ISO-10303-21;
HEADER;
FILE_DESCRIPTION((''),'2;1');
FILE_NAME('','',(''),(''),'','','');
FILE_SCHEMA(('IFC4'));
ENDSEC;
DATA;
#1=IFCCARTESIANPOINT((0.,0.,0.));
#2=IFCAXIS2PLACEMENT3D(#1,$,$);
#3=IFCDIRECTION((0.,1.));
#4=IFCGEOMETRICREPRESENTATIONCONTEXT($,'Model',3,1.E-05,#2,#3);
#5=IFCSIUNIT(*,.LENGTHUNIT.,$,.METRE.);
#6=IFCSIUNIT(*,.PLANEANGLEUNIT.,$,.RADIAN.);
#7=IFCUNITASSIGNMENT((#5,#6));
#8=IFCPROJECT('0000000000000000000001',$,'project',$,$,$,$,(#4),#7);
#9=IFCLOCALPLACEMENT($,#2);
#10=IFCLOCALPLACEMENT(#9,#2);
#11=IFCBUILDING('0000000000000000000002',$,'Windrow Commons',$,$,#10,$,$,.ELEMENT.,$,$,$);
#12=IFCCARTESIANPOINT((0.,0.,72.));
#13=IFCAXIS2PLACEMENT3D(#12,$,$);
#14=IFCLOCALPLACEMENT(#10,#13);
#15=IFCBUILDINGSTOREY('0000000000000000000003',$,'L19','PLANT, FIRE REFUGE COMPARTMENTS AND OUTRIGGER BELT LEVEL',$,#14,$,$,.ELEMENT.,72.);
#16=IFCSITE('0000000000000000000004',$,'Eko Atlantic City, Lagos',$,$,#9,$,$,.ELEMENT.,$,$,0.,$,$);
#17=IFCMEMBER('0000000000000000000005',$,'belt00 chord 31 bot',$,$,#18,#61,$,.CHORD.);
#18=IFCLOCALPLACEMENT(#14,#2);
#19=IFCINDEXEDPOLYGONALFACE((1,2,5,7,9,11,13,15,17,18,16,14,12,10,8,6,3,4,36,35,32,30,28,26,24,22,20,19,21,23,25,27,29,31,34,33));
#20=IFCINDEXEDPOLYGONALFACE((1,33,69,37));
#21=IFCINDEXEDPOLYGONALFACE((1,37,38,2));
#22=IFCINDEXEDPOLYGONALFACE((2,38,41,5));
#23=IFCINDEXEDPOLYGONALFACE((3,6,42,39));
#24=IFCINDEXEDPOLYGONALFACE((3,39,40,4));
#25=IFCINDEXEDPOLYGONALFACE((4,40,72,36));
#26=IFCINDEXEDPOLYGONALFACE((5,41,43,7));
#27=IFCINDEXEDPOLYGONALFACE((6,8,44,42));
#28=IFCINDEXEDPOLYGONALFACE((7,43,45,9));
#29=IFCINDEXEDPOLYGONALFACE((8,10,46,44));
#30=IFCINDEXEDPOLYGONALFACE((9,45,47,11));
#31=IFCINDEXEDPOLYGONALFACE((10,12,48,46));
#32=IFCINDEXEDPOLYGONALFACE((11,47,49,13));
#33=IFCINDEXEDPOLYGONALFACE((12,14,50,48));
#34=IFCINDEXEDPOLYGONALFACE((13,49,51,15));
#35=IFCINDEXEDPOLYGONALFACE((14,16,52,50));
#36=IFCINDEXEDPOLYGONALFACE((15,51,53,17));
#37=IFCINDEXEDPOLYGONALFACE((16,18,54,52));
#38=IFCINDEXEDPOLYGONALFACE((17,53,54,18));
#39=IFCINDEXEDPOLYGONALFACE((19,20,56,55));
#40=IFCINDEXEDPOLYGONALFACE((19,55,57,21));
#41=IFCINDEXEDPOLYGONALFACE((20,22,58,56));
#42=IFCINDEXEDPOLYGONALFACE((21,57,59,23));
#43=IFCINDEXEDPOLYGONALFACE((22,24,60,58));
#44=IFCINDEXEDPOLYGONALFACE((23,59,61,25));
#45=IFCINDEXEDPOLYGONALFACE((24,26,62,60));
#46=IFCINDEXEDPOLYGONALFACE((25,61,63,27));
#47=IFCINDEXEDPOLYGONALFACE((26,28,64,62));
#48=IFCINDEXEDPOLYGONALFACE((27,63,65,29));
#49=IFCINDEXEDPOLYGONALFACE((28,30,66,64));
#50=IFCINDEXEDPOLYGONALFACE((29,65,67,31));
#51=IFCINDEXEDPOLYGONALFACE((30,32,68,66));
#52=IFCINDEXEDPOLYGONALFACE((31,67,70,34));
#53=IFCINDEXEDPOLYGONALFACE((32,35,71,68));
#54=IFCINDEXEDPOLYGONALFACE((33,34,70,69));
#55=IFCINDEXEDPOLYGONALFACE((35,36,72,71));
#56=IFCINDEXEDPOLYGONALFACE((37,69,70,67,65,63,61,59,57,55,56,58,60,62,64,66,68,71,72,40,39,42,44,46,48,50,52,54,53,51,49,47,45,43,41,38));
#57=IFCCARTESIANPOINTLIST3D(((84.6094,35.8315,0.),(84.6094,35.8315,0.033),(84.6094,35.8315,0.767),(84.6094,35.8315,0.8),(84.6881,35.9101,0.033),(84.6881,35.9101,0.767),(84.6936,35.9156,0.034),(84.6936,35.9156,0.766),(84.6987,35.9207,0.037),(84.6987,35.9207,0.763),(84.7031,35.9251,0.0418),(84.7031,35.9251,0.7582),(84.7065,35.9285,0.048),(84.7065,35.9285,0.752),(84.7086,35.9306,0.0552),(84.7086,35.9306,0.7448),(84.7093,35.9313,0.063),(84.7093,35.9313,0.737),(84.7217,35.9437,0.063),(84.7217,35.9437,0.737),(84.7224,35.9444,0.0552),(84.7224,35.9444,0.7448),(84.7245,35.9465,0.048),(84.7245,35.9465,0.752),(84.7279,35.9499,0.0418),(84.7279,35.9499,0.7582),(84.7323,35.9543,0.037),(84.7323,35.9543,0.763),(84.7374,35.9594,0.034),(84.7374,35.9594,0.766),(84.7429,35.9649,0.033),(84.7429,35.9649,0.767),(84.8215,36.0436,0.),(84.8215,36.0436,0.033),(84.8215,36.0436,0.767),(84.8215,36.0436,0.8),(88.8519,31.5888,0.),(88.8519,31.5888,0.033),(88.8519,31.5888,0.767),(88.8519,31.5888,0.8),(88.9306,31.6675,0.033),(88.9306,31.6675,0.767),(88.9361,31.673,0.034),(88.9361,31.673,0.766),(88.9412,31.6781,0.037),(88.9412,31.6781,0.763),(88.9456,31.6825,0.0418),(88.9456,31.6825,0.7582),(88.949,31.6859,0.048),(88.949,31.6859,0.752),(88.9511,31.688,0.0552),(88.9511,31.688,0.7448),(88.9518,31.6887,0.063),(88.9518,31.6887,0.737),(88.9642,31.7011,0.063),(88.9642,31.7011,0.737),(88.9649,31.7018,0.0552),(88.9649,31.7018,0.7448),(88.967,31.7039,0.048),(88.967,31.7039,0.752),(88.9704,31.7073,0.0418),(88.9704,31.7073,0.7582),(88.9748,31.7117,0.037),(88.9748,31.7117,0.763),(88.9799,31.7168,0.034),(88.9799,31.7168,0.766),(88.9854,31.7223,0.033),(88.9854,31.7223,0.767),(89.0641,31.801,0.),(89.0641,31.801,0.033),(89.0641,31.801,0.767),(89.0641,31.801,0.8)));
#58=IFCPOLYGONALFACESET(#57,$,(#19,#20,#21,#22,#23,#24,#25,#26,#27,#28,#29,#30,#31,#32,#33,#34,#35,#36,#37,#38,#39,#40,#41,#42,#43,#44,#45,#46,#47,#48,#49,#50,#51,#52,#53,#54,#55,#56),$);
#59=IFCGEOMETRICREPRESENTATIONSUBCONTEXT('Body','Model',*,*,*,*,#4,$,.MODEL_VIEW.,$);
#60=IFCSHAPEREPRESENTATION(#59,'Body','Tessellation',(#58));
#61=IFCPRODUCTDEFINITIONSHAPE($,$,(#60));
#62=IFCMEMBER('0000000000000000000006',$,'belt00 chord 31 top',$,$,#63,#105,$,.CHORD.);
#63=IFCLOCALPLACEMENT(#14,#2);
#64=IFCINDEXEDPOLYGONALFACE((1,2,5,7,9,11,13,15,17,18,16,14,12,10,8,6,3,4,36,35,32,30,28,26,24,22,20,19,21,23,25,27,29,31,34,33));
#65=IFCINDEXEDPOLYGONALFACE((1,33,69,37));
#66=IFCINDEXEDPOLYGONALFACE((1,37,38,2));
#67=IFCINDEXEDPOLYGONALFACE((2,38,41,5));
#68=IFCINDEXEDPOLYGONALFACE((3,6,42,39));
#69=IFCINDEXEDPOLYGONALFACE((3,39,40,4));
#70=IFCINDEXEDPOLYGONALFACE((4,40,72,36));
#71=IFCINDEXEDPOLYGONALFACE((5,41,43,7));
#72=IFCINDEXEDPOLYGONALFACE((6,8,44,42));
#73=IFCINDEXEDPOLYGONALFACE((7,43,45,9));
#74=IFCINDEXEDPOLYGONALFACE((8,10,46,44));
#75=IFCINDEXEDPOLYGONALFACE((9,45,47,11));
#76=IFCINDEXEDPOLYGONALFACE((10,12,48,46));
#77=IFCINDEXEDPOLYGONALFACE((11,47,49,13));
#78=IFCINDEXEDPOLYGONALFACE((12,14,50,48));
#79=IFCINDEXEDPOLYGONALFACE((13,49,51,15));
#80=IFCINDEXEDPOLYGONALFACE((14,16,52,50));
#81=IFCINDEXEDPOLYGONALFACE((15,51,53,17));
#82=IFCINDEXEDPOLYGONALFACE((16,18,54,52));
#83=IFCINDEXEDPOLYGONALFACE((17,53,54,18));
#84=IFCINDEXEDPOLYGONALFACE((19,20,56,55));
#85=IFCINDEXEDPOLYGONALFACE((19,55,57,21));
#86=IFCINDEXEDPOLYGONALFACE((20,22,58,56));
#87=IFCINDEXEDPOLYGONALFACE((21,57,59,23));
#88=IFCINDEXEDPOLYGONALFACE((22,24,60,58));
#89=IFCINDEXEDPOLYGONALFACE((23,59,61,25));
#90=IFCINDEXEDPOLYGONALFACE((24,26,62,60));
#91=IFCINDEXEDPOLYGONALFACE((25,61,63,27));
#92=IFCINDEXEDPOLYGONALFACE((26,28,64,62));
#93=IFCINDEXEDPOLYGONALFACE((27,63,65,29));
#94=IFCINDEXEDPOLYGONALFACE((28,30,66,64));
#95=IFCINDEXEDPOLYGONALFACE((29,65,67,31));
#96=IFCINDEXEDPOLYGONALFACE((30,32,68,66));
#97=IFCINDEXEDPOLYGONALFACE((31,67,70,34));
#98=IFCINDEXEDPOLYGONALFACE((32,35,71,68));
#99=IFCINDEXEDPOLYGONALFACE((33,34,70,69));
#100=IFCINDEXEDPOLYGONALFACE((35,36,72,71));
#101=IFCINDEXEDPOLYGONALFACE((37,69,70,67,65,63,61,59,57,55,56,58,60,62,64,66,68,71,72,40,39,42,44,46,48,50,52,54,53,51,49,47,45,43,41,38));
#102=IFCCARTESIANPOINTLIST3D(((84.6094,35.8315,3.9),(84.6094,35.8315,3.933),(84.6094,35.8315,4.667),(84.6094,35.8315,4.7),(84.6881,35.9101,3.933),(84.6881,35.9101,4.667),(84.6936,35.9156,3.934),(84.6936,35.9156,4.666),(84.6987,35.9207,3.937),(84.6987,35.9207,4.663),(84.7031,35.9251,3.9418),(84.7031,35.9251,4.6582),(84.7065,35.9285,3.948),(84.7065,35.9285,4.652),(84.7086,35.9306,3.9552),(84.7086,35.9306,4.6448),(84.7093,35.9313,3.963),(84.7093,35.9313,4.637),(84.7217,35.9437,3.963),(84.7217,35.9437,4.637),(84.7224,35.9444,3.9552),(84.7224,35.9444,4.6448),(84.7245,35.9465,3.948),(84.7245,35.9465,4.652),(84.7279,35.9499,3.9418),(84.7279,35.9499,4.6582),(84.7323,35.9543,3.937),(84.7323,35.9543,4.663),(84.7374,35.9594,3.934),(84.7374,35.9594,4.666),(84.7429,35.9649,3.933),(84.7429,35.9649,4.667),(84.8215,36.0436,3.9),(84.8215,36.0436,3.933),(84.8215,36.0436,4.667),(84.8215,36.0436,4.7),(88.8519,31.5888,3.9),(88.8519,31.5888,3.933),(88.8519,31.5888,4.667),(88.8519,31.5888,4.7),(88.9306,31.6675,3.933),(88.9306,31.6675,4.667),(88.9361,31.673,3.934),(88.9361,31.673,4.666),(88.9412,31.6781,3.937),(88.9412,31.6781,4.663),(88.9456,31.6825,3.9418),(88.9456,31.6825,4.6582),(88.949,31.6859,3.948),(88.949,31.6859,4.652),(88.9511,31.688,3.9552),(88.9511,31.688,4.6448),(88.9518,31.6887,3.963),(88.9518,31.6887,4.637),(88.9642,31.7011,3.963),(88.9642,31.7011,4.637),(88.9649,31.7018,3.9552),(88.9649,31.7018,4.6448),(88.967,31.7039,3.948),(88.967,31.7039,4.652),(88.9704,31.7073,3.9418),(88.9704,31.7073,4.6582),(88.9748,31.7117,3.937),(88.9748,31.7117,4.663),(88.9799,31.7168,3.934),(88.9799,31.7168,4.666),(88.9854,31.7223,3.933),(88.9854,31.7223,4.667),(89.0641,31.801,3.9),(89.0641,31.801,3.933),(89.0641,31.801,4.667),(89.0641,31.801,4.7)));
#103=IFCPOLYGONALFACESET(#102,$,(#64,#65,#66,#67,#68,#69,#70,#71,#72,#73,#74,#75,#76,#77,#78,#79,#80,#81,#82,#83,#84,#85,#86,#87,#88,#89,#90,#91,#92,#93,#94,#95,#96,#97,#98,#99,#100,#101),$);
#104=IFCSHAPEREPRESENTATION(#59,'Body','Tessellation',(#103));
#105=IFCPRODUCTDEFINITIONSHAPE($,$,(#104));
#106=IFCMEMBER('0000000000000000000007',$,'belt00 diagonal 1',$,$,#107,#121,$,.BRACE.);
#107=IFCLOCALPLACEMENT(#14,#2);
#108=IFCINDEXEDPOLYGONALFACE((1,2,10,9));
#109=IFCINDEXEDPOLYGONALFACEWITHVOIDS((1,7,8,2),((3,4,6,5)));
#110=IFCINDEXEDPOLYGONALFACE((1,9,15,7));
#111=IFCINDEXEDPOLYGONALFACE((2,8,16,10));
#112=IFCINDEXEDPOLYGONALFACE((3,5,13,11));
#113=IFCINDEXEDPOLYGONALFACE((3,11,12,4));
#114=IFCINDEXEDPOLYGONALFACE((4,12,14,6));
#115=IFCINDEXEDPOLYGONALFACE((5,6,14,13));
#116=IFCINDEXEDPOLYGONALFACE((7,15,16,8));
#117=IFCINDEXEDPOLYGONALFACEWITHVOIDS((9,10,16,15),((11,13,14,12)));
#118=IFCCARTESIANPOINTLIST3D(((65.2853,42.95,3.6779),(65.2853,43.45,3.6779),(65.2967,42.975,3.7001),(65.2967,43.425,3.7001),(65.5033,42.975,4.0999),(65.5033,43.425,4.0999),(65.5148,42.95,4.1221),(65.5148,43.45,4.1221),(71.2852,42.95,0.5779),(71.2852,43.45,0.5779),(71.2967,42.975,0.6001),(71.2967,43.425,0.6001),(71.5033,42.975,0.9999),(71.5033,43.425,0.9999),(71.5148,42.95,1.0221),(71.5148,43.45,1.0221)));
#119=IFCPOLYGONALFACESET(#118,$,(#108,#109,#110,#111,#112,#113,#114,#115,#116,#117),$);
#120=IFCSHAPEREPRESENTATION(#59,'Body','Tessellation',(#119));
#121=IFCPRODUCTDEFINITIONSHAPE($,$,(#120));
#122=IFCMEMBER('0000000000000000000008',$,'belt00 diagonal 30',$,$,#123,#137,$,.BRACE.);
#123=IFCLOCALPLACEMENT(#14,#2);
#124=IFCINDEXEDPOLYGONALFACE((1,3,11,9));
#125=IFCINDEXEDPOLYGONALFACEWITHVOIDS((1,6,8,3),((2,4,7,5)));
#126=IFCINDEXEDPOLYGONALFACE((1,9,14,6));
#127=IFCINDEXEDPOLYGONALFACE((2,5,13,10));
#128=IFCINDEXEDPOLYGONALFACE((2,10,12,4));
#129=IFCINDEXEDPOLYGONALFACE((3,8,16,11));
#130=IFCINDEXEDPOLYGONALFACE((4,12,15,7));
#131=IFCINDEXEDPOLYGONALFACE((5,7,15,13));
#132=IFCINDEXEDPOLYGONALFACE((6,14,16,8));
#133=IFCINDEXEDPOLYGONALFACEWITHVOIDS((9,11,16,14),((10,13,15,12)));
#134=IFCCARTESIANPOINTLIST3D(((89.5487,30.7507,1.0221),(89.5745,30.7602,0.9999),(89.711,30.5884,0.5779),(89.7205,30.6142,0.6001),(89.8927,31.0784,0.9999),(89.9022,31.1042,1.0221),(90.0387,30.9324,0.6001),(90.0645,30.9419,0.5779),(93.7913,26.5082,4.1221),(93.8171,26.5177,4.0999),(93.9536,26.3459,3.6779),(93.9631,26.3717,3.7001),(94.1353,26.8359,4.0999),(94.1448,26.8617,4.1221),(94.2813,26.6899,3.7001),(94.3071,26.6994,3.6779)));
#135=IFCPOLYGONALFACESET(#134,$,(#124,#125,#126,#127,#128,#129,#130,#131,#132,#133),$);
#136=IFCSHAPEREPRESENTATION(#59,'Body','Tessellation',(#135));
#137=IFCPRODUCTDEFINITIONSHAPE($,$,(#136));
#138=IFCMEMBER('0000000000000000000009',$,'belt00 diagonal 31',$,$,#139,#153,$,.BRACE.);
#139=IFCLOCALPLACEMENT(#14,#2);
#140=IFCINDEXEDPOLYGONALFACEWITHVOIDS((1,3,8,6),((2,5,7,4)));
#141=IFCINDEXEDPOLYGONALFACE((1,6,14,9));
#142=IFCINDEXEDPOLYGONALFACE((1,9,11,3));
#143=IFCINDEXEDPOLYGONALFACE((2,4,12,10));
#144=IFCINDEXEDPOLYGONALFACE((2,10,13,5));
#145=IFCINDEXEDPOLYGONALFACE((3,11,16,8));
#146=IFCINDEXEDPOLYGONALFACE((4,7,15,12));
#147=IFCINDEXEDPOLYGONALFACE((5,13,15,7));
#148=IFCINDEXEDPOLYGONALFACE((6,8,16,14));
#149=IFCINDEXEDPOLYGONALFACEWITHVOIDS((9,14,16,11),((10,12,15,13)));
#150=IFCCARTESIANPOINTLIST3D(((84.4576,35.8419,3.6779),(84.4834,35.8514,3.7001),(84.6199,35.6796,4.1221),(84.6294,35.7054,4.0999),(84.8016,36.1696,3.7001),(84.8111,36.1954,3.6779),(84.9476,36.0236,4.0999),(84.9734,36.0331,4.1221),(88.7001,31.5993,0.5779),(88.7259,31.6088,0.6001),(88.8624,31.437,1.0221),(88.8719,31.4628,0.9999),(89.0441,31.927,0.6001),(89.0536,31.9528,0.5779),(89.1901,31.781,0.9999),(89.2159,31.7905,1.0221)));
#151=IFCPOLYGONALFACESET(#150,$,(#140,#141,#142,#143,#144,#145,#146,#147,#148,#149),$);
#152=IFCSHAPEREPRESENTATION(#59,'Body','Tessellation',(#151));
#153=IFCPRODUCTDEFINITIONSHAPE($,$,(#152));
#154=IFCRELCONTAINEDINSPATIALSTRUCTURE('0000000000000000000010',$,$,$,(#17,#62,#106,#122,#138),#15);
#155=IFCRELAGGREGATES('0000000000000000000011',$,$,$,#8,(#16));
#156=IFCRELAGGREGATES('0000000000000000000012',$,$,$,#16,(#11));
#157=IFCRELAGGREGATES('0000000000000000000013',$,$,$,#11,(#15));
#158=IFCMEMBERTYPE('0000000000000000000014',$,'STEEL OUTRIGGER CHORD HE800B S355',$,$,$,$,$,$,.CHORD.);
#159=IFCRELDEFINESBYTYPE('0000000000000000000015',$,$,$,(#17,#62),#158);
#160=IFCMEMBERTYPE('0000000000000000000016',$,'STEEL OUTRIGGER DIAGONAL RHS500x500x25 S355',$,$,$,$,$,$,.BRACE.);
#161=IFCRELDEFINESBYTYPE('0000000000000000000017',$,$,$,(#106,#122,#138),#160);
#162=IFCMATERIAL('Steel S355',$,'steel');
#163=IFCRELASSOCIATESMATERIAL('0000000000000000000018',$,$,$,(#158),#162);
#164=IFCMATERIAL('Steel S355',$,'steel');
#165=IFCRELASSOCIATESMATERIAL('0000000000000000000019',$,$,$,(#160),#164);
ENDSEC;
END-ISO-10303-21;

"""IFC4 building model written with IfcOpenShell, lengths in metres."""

from ifc_helpers import new_model, si_unit, direction, frame, origin, origin_2d, place, context, subcontext, project, spatial, hollow_rectangle, i_section, extrude, material, material_profile, profile_set, type_object, element, save


model = new_model("IFC4")

# Units and contexts
model_context = context("Model", 3, precision=1e-05, world=origin(), true_north=direction((0.0, 1.0)))
body_context = subcontext(model_context, "Body", "Model", "MODEL_VIEW")
ifc_project = project(units=[si_unit("LENGTHUNIT", "METRE"), si_unit("PLANEANGLEUNIT", "RADIAN")], contexts=[model_context])

# Site, building, storey
site_placement = place(None, origin())
site = spatial("IfcSite", under=ifc_project, at=site_placement, Name="Eko Atlantic City, Lagos", CompositionType="ELEMENT", RefElevation=0.0)
building_placement = place(site_placement, origin())
building = spatial("IfcBuilding", under=site, at=building_placement, Name="Windrow Commons", CompositionType="ELEMENT")
storey_placement = place(building_placement, frame((0.0, 0.0, 72.0)))
storey = spatial("IfcBuildingStorey", under=building, at=storey_placement, Name="L19", Description="PLANT, FIRE REFUGE COMPARTMENTS AND OUTRIGGER BELT LEVEL", CompositionType="ELEMENT", Elevation=72.0)

# Members
ifc_material_1 = material(Name="Steel S355", Category="steel")
ifc_material_profile_1 = material_profile(ifc_material_1, i_section(OverallWidth=0.3, OverallDepth=0.8, WebThickness=0.0175, FlangeThickness=0.033, FilletRadius=0.03, at=origin_2d()))
ifc_profile_set_1 = profile_set([ifc_material_profile_1], Name="Steel S355")
member_type_1 = type_object("IfcMemberType", Name="STEEL OUTRIGGER CHORD HE800B S355", PredefinedType="CHORD", material=ifc_profile_set_1)
for number, where, z_axis, x_axis, name in (
    (1, (88.958, 31.6949, 0.4), (-0.707098, 0.707115, 0.0), (-0.707115, -0.707098, 0.0), "belt00 chord 31 bot"),
    (2, (88.958, 31.6949, 4.3), (-0.707098, 0.707115, 0.0), (-0.707115, -0.707098, 0.0), "belt00 chord 31 top"),
):
    element("IfcMember", number, at=place(storey_placement, frame(where, z_axis=z_axis, x_axis=x_axis)), inside=storey, type_object=member_type_1, Name=name, PredefinedType="CHORD", context=body_context, shape_type="SweptSolid", body=[
        extrude(i_section(OverallWidth=0.3, OverallDepth=0.8, WebThickness=0.0175, FlangeThickness=0.033, FilletRadius=0.03, at=origin_2d()), origin(), (0.0, 0.0, 1.0), 5.9999),
    ])
ifc_material_2 = material(Name="Steel S355", Category="steel")
ifc_material_profile_2 = material_profile(ifc_material_2, hollow_rectangle(XDim=0.5, YDim=0.5, WallThickness=0.025, at=origin_2d()))
ifc_profile_set_2 = profile_set([ifc_material_profile_2], Name="Steel S355")
member_type_2 = type_object("IfcMemberType", Name="STEEL OUTRIGGER DIAGONAL RHS500x500x25 S355", PredefinedType="BRACE", material=ifc_profile_set_2)
member_placement = place(storey_placement, frame((71.4, 43.2, 0.8), z_axis=(-0.888426, 0.0, 0.45902), x_axis=(0.0, -1.0, 0.0)))
element("IfcMember", 3, at=member_placement, inside=storey, type_object=member_type_2, Name="belt00 diagonal 1", PredefinedType="BRACE", context=body_context, shape_type="SweptSolid", body=[
    extrude(hollow_rectangle(XDim=0.5, YDim=0.5, WallThickness=0.025, at=origin_2d()), origin(), (0.0, 0.0, 1.0), 6.7535),
])
for number, where, z_axis, x_axis, name in (
    (4, (94.0492, 26.6038, 3.9), (-0.628217, 0.628202, -0.459028), (-0.707098, -0.707115, 0.0), "belt00 diagonal 30"),
    (5, (88.958, 31.6949, 0.8), (-0.628202, 0.628217, 0.459028), (-0.707115, -0.707098, 0.0), "belt00 diagonal 31"),
):
    element("IfcMember", number, at=place(storey_placement, frame(where, z_axis=z_axis, x_axis=x_axis)), inside=storey, type_object=member_type_2, Name=name, PredefinedType="BRACE", context=body_context, shape_type="SweptSolid", body=[
        extrude(hollow_rectangle(XDim=0.5, YDim=0.5, WallThickness=0.025, at=origin_2d()), origin(), (0.0, 0.0, 1.0), 6.7534),
    ])

save(model, "model.ifc")
